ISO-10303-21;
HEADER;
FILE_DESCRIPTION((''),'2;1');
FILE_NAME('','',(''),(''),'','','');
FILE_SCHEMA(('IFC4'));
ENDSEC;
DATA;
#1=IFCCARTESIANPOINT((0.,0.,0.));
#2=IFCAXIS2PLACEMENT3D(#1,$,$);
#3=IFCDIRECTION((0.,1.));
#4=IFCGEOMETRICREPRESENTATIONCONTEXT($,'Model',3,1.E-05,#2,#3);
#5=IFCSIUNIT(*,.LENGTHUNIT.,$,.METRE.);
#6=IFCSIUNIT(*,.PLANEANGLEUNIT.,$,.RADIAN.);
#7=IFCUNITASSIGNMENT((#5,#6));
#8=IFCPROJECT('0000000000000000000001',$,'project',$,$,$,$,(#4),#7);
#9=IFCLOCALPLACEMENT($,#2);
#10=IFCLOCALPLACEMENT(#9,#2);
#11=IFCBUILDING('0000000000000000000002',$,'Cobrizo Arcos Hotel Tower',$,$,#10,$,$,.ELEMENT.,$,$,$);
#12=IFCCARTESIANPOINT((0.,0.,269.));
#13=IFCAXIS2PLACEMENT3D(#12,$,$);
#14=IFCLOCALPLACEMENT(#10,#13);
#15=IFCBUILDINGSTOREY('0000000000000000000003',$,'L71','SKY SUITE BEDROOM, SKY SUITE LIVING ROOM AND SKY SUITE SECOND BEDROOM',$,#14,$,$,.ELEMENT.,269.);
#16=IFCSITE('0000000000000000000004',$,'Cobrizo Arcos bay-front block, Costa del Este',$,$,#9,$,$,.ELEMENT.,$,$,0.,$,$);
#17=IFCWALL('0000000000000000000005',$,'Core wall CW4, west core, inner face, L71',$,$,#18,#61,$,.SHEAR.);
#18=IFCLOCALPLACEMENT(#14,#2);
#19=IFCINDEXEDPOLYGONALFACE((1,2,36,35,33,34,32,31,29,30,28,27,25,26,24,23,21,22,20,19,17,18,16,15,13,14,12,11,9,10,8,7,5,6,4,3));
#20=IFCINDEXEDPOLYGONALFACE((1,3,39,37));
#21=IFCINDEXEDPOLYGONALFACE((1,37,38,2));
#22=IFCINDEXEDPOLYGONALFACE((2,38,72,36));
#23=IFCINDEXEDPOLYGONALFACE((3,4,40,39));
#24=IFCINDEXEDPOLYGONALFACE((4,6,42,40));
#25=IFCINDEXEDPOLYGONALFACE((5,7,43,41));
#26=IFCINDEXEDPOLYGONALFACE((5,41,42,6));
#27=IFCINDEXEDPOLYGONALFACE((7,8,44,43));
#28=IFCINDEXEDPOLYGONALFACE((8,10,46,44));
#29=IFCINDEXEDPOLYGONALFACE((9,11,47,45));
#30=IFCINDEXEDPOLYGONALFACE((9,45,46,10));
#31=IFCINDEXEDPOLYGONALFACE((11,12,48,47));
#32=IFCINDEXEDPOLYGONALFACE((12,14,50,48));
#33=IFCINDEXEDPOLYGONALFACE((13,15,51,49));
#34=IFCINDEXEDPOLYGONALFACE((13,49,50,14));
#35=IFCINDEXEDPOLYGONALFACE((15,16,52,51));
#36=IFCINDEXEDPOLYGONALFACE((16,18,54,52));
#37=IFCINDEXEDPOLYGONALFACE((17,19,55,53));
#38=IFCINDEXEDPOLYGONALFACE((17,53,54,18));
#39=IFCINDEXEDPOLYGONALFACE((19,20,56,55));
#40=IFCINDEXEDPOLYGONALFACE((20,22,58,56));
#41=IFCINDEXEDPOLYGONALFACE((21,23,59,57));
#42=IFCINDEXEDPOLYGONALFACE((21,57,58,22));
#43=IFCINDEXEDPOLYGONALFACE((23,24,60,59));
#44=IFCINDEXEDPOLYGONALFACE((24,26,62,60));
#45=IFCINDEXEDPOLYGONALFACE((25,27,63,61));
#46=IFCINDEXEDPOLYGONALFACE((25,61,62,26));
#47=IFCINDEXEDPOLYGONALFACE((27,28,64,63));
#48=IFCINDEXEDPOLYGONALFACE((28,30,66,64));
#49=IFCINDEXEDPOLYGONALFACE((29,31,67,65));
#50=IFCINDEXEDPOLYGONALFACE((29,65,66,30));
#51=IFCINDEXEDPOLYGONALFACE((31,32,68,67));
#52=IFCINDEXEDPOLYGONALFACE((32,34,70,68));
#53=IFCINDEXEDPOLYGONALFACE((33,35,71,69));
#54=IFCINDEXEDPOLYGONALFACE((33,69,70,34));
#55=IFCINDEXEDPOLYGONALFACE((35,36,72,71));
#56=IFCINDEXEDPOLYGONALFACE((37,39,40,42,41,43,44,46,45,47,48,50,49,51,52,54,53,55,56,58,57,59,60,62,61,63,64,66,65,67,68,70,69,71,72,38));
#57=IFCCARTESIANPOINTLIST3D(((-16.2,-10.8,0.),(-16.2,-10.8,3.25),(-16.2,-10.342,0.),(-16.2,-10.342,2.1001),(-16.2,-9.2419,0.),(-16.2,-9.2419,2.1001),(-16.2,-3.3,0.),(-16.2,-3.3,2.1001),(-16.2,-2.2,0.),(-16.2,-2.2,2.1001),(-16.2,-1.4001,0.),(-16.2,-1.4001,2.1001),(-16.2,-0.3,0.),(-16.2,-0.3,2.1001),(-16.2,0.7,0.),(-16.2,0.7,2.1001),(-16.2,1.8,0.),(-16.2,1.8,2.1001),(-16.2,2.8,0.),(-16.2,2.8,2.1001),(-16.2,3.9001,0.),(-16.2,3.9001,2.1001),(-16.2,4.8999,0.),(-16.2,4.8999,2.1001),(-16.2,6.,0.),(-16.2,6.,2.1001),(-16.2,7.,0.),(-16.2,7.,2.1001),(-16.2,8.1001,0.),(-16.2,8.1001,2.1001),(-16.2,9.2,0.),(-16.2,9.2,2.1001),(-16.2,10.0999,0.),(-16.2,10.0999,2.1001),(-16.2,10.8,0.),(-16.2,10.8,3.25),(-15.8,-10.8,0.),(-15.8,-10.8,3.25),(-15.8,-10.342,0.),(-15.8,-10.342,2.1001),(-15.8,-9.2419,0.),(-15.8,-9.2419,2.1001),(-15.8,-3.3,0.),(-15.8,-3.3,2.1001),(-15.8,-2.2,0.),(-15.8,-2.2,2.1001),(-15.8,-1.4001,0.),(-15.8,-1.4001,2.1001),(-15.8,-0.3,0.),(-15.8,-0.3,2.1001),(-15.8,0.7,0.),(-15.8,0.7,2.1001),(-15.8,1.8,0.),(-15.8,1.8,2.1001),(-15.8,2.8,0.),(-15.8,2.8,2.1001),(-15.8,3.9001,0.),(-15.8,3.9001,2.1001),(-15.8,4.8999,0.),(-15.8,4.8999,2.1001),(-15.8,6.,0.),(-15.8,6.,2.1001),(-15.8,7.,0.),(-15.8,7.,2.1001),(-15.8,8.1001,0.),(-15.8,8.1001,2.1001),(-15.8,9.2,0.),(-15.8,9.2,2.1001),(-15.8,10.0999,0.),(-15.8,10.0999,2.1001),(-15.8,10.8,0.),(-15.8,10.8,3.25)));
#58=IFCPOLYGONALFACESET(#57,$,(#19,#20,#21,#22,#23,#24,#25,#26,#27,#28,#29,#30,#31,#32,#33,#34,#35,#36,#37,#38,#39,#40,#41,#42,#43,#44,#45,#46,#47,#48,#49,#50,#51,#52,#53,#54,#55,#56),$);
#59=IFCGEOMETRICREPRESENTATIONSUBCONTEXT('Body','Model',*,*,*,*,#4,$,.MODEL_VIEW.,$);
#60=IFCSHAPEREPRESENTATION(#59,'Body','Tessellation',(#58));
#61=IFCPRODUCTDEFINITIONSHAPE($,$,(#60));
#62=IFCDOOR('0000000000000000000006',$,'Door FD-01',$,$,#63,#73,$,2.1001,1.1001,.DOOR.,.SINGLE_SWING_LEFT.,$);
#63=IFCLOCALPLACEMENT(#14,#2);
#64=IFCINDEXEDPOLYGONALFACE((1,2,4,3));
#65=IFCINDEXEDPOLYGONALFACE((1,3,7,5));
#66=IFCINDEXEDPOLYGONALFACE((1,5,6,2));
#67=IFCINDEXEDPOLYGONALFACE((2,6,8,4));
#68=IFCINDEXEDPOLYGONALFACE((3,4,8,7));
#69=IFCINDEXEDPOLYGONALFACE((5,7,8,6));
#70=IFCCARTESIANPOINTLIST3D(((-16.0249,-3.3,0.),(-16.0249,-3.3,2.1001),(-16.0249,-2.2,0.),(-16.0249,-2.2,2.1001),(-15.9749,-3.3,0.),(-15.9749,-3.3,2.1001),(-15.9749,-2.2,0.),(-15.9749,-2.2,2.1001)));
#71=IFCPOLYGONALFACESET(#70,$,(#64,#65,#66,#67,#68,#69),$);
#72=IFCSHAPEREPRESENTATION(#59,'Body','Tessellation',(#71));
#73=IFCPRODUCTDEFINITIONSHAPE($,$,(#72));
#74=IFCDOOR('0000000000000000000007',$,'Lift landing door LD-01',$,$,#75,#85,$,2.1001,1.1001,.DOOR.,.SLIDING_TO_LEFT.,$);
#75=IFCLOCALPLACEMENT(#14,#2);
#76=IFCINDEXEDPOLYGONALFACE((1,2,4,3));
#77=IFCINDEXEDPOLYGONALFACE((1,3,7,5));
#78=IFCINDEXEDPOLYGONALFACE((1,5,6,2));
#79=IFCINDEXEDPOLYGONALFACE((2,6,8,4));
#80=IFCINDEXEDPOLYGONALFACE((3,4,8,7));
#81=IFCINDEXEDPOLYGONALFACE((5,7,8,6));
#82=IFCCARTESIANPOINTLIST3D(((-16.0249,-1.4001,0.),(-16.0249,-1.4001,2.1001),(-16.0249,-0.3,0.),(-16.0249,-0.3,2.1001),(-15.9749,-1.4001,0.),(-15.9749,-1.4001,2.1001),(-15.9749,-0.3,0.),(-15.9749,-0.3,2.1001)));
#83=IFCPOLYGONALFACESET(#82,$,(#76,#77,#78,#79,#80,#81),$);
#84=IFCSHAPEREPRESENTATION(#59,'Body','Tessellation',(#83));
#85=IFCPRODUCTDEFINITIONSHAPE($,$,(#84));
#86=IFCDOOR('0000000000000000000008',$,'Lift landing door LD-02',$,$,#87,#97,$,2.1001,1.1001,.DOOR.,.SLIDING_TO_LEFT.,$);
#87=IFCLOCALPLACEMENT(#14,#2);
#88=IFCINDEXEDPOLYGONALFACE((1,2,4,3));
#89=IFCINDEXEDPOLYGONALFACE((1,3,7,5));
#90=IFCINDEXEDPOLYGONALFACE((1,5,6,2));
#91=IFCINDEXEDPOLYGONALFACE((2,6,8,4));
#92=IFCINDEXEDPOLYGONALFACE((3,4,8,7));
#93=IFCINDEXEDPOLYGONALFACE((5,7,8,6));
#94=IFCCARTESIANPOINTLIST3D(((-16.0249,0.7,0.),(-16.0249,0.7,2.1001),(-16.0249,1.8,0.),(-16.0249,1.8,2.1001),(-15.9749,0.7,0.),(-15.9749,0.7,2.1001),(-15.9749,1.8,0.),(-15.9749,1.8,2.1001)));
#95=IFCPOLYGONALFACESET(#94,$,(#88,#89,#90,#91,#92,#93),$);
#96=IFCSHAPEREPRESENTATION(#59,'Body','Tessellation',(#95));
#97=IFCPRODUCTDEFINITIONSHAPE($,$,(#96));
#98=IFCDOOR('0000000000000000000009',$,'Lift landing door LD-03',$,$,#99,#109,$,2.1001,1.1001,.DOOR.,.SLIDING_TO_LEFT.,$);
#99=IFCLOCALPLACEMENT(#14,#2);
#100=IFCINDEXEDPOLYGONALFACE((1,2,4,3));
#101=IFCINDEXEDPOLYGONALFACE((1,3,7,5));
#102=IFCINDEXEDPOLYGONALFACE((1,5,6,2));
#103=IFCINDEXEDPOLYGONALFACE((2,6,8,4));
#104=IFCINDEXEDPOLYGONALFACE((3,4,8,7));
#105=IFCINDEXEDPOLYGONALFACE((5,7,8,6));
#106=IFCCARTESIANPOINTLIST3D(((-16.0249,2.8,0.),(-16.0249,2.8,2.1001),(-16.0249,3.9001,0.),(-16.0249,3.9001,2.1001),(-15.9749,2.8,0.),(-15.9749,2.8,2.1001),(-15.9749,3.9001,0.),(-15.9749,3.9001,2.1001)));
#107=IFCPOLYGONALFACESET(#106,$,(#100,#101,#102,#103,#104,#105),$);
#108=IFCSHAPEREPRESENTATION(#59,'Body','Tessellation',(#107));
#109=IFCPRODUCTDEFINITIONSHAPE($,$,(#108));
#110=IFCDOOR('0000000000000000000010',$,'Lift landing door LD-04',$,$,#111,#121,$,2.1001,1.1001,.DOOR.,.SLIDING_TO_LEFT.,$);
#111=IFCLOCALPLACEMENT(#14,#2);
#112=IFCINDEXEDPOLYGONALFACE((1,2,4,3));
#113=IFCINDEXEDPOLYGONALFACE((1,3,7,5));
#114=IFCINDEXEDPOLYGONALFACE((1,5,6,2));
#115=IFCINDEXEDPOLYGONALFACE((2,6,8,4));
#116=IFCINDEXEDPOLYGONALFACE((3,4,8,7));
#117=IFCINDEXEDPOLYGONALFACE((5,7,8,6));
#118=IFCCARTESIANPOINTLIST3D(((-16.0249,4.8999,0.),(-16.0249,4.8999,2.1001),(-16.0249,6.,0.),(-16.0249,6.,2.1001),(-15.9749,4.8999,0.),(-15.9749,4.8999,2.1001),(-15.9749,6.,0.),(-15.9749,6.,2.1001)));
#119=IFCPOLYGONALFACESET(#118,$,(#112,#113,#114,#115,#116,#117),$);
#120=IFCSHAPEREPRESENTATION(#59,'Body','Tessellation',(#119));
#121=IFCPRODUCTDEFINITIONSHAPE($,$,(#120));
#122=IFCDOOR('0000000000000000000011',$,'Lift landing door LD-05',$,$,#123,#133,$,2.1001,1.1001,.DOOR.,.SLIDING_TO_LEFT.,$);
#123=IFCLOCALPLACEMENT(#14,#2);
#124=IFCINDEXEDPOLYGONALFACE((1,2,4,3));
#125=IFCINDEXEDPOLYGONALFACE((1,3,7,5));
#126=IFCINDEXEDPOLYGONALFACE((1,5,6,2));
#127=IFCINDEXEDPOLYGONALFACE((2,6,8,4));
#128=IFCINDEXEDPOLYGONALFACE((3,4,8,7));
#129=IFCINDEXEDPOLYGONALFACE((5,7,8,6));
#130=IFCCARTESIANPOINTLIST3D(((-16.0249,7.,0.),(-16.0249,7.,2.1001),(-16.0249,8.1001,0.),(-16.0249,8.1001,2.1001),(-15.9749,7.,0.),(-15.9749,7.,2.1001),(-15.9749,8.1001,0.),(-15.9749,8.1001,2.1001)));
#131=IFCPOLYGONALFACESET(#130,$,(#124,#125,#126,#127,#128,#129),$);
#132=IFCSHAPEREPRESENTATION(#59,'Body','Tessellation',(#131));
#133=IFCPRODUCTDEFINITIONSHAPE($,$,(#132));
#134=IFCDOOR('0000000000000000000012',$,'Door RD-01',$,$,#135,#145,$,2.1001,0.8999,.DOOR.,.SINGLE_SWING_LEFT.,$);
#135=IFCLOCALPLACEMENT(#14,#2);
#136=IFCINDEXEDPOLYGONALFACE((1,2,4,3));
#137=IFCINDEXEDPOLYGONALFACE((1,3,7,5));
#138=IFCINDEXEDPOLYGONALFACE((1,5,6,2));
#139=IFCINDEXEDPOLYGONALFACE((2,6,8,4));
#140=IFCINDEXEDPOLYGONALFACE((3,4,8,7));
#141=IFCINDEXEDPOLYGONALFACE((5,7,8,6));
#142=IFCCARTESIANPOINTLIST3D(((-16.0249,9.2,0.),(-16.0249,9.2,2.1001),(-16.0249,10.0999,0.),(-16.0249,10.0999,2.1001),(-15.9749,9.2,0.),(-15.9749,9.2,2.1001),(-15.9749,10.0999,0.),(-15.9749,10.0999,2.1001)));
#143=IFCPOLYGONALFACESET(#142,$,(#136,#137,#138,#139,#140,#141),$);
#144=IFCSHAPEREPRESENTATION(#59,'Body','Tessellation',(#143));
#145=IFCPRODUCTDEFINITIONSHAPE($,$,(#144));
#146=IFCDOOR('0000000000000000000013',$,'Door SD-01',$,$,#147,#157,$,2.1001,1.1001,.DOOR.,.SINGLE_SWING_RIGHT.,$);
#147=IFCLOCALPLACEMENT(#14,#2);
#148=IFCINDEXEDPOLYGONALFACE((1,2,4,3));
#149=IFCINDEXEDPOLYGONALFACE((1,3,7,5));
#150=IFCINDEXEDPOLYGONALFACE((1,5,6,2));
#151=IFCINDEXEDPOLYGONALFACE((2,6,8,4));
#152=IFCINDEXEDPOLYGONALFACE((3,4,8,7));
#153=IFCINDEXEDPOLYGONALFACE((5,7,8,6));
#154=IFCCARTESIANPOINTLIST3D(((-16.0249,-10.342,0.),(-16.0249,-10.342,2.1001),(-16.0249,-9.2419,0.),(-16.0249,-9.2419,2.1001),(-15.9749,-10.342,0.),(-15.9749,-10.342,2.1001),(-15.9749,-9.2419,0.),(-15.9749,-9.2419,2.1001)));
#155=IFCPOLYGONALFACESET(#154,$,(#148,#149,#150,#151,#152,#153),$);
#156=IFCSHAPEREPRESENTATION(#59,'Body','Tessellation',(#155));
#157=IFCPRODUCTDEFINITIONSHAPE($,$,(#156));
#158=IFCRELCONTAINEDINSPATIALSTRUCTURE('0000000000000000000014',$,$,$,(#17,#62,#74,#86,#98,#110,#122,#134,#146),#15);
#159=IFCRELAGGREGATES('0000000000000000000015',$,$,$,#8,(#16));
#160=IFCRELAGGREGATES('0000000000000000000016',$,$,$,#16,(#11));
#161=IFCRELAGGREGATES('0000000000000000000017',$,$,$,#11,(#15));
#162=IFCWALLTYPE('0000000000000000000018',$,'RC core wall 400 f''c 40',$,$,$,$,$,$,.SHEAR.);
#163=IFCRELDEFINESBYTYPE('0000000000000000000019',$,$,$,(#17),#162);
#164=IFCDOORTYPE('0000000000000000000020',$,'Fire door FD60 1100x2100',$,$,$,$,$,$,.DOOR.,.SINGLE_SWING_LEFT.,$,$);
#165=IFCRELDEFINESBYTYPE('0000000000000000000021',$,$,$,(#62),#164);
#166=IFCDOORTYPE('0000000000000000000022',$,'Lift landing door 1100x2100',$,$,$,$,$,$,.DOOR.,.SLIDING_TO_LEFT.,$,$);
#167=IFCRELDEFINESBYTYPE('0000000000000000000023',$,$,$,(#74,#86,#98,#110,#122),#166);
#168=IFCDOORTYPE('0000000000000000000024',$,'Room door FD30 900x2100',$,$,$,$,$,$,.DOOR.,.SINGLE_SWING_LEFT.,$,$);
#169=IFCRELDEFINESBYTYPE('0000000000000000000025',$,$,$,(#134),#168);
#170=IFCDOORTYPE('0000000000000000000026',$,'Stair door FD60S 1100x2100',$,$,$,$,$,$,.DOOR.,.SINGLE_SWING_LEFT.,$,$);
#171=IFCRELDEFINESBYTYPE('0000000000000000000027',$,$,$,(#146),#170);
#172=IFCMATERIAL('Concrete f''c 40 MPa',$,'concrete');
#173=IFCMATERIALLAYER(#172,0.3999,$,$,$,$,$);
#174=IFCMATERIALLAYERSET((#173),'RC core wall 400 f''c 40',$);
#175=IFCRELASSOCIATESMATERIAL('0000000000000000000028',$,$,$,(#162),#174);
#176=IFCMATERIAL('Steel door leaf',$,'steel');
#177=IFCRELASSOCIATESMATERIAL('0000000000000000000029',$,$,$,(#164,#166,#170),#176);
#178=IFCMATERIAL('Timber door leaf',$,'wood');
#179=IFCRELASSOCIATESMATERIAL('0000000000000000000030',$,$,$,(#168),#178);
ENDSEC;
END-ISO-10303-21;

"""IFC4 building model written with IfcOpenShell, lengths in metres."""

from ifc_helpers import new_model, si_unit, direction, frame, frame_2d, origin, place, context, subcontext, project, spatial, rectangle, extrude, material, layer, layer_set, type_object, element, fill, save


model = new_model("IFC4")

# Units and contexts
model_context = context("Model", 3, precision=1e-05, world=origin(), true_north=direction((0.0, 1.0)))
body_context = subcontext(model_context, "Body", "Model", "MODEL_VIEW")
ifc_project = project(units=[si_unit("LENGTHUNIT", "METRE"), si_unit("PLANEANGLEUNIT", "RADIAN")], contexts=[model_context])

# Site, building, storey
site_placement = place(None, origin())
site = spatial("IfcSite", under=ifc_project, at=site_placement, Name="Cobrizo Arcos bay-front block, Costa del Este", CompositionType="ELEMENT", RefElevation=0.0)
building_placement = place(site_placement, origin())
building = spatial("IfcBuilding", under=site, at=building_placement, Name="Cobrizo Arcos Hotel Tower", CompositionType="ELEMENT")
storey_placement = place(building_placement, frame((0.0, 0.0, 269.0)))
storey = spatial("IfcBuildingStorey", under=building, at=storey_placement, Name="L71", Description="SKY SUITE BEDROOM, SKY SUITE LIVING ROOM AND SKY SUITE SECOND BEDROOM", CompositionType="ELEMENT", Elevation=269.0)

# Wall, openings, doors
ifc_material_1 = material(Name="Concrete f'c 40 MPa", Category="concrete")
ifc_layer_1 = layer(ifc_material_1, 0.3999)
ifc_layer_set_1 = layer_set([ifc_layer_1], Name="RC core wall 400 f'c 40")
wall_type = type_object("IfcWallType", Name="RC core wall 400 f'c 40", PredefinedType="SHEAR", material=ifc_layer_set_1)
wall_1_placement = place(storey_placement, frame((-16.0, -10.8, 0.0), z_axis=(0.0, 0.0, 1.0), x_axis=(0.0, 1.0, 0.0)))
wall_1 = element("IfcWall", 1, at=wall_1_placement, inside=storey, type_object=wall_type, Name="Core wall CW4, west core, inner face, L71", PredefinedType="SHEAR", context=body_context, shape_type="SweptSolid", body=[
    extrude(rectangle(XDim=21.6001, YDim=0.3999, at=frame_2d((10.8, 0.0))), origin(), (0.0, 0.0, 1.0), 3.25),
])
opening_1_placement = place(wall_1_placement, frame((9.3999, 0.0, 0.0)))
opening_1 = element("IfcOpeningElement", 2, at=opening_1_placement, cuts=wall_1, PredefinedType="OPENING", context=body_context, shape_type="SweptSolid", body=[
    extrude(rectangle(XDim=1.1001, YDim=2.1001, at=frame_2d((0.55, 1.05))), frame((0.0, 0.2119, 0.0), z_axis=(0.0, -1.0, 0.0), x_axis=(1.0, 0.0, 0.0)), (0.0, 0.0, 1.0), 0.4238),
])
opening_2_placement = place(wall_1_placement, frame((11.5, 0.0, 0.0)))
opening_2 = element("IfcOpeningElement", 3, at=opening_2_placement, cuts=wall_1, PredefinedType="OPENING", context=body_context, shape_type="SweptSolid", body=[
    extrude(rectangle(XDim=1.1001, YDim=2.1001, at=frame_2d((0.55, 1.05))), frame((0.0, 0.2119, 0.0), z_axis=(0.0, -1.0, 0.0), x_axis=(1.0, 0.0, 0.0)), (0.0, 0.0, 1.0), 0.4238),
])
opening_3_placement = place(wall_1_placement, frame((13.6001, 0.0, 0.0)))
opening_3 = element("IfcOpeningElement", 4, at=opening_3_placement, cuts=wall_1, PredefinedType="OPENING", context=body_context, shape_type="SweptSolid", body=[
    extrude(rectangle(XDim=1.1001, YDim=2.1001, at=frame_2d((0.55, 1.05))), frame((0.0, 0.2119, 0.0), z_axis=(0.0, -1.0, 0.0), x_axis=(1.0, 0.0, 0.0)), (0.0, 0.0, 1.0), 0.4238),
])
opening_4_placement = place(wall_1_placement, frame((15.7, 0.0, 0.0)))
opening_4 = element("IfcOpeningElement", 5, at=opening_4_placement, cuts=wall_1, PredefinedType="OPENING", context=body_context, shape_type="SweptSolid", body=[
    extrude(rectangle(XDim=1.1001, YDim=2.1001, at=frame_2d((0.55, 1.05))), frame((0.0, 0.2119, 0.0), z_axis=(0.0, -1.0, 0.0), x_axis=(1.0, 0.0, 0.0)), (0.0, 0.0, 1.0), 0.4238),
])
opening_5_placement = place(wall_1_placement, frame((17.8, 0.0, 0.0)))
opening_5 = element("IfcOpeningElement", 6, at=opening_5_placement, cuts=wall_1, PredefinedType="OPENING", context=body_context, shape_type="SweptSolid", body=[
    extrude(rectangle(XDim=1.1001, YDim=2.1001, at=frame_2d((0.55, 1.05))), frame((0.0, 0.2119, 0.0), z_axis=(0.0, -1.0, 0.0), x_axis=(1.0, 0.0, 0.0)), (0.0, 0.0, 1.0), 0.4238),
])
opening_6_placement = place(wall_1_placement, frame((0.458, 0.0, 0.0)))
opening_6 = element("IfcOpeningElement", 7, at=opening_6_placement, cuts=wall_1, PredefinedType="OPENING", context=body_context, shape_type="SweptSolid", body=[
    extrude(rectangle(XDim=1.1001, YDim=2.1001, at=frame_2d((0.55, 1.05))), frame((0.0, 0.2119, 0.0), z_axis=(0.0, -1.0, 0.0), x_axis=(1.0, 0.0, 0.0)), (0.0, 0.0, 1.0), 0.4238),
])
opening_7_placement = place(wall_1_placement, frame((7.5, 0.0, 0.0)))
opening_7 = element("IfcOpeningElement", 8, at=opening_7_placement, cuts=wall_1, PredefinedType="OPENING", context=body_context, shape_type="SweptSolid", body=[
    extrude(rectangle(XDim=1.1001, YDim=2.1001, at=frame_2d((0.55, 1.05))), frame((0.0, 0.2119, 0.0), z_axis=(0.0, -1.0, 0.0), x_axis=(1.0, 0.0, 0.0)), (0.0, 0.0, 1.0), 0.4238),
])
opening_8_placement = place(wall_1_placement, frame((20.0, 0.0, 0.0)))
opening_8 = element("IfcOpeningElement", 9, at=opening_8_placement, cuts=wall_1, PredefinedType="OPENING", context=body_context, shape_type="SweptSolid", body=[
    extrude(rectangle(XDim=0.8999, YDim=2.1001, at=frame_2d((0.45, 1.05))), frame((0.0, 0.2119, 0.0), z_axis=(0.0, -1.0, 0.0), x_axis=(1.0, 0.0, 0.0)), (0.0, 0.0, 1.0), 0.4238),
])
ifc_material_2 = material(Name="Steel door leaf", Category="steel")
door_type_1 = type_object("IfcDoorType", Name="Fire door FD60 1100x2100", OperationType="SINGLE_SWING_LEFT", PredefinedType="DOOR", material=ifc_material_2)
door_1_placement = place(opening_7_placement, origin())
door_1 = element("IfcDoor", 10, at=door_1_placement, inside=storey, type_object=door_type_1, Name="Door FD-01", OperationType="SINGLE_SWING_LEFT", OverallHeight=2.1001, OverallWidth=1.1001, PredefinedType="DOOR", context=body_context, shape_type="SweptSolid", body=[
    extrude(rectangle(XDim=1.1001, YDim=2.1001, at=frame_2d((0.55, 1.05))), frame((0.0, 0.0249, 0.0), z_axis=(0.0, -1.0, 0.0), x_axis=(1.0, 0.0, 0.0)), (0.0, 0.0, 1.0), 0.05),
])
fill(opening_7, door_1)
door_type_2 = type_object("IfcDoorType", Name="Lift landing door 1100x2100", OperationType="SLIDING_TO_LEFT", PredefinedType="DOOR", material=ifc_material_2)
door_2_placement = place(opening_1_placement, origin())
door_2 = element("IfcDoor", 11, at=door_2_placement, inside=storey, type_object=door_type_2, Name="Lift landing door LD-01", OperationType="SLIDING_TO_LEFT", OverallHeight=2.1001, OverallWidth=1.1001, PredefinedType="DOOR", context=body_context, shape_type="SweptSolid", body=[
    extrude(rectangle(XDim=1.1001, YDim=2.1001, at=frame_2d((0.55, 1.05))), frame((0.0, 0.0249, 0.0), z_axis=(0.0, -1.0, 0.0), x_axis=(1.0, 0.0, 0.0)), (0.0, 0.0, 1.0), 0.05),
])
fill(opening_1, door_2)
door_3_placement = place(opening_2_placement, origin())
door_3 = element("IfcDoor", 12, at=door_3_placement, inside=storey, type_object=door_type_2, Name="Lift landing door LD-02", OperationType="SLIDING_TO_LEFT", OverallHeight=2.1001, OverallWidth=1.1001, PredefinedType="DOOR", context=body_context, shape_type="SweptSolid", body=[
    extrude(rectangle(XDim=1.1001, YDim=2.1001, at=frame_2d((0.55, 1.05))), frame((0.0, 0.0249, 0.0), z_axis=(0.0, -1.0, 0.0), x_axis=(1.0, 0.0, 0.0)), (0.0, 0.0, 1.0), 0.05),
])
fill(opening_2, door_3)
door_4_placement = place(opening_3_placement, origin())
door_4 = element("IfcDoor", 13, at=door_4_placement, inside=storey, type_object=door_type_2, Name="Lift landing door LD-03", OperationType="SLIDING_TO_LEFT", OverallHeight=2.1001, OverallWidth=1.1001, PredefinedType="DOOR", context=body_context, shape_type="SweptSolid", body=[
    extrude(rectangle(XDim=1.1001, YDim=2.1001, at=frame_2d((0.55, 1.05))), frame((0.0, 0.0249, 0.0), z_axis=(0.0, -1.0, 0.0), x_axis=(1.0, 0.0, 0.0)), (0.0, 0.0, 1.0), 0.05),
])
fill(opening_3, door_4)
door_5_placement = place(opening_4_placement, origin())
door_5 = element("IfcDoor", 14, at=door_5_placement, inside=storey, type_object=door_type_2, Name="Lift landing door LD-04", OperationType="SLIDING_TO_LEFT", OverallHeight=2.1001, OverallWidth=1.1001, PredefinedType="DOOR", context=body_context, shape_type="SweptSolid", body=[
    extrude(rectangle(XDim=1.1001, YDim=2.1001, at=frame_2d((0.55, 1.05))), frame((0.0, 0.0249, 0.0), z_axis=(0.0, -1.0, 0.0), x_axis=(1.0, 0.0, 0.0)), (0.0, 0.0, 1.0), 0.05),
])
fill(opening_4, door_5)
door_6_placement = place(opening_5_placement, origin())
door_6 = element("IfcDoor", 15, at=door_6_placement, inside=storey, type_object=door_type_2, Name="Lift landing door LD-05", OperationType="SLIDING_TO_LEFT", OverallHeight=2.1001, OverallWidth=1.1001, PredefinedType="DOOR", context=body_context, shape_type="SweptSolid", body=[
    extrude(rectangle(XDim=1.1001, YDim=2.1001, at=frame_2d((0.55, 1.05))), frame((0.0, 0.0249, 0.0), z_axis=(0.0, -1.0, 0.0), x_axis=(1.0, 0.0, 0.0)), (0.0, 0.0, 1.0), 0.05),
])
fill(opening_5, door_6)
ifc_material_3 = material(Name="Timber door leaf", Category="wood")
door_type_3 = type_object("IfcDoorType", Name="Room door FD30 900x2100", OperationType="SINGLE_SWING_LEFT", PredefinedType="DOOR", material=ifc_material_3)
door_7_placement = place(opening_8_placement, origin())
door_7 = element("IfcDoor", 16, at=door_7_placement, inside=storey, type_object=door_type_3, Name="Door RD-01", OperationType="SINGLE_SWING_LEFT", OverallHeight=2.1001, OverallWidth=0.8999, PredefinedType="DOOR", context=body_context, shape_type="SweptSolid", body=[
    extrude(rectangle(XDim=0.8999, YDim=2.1001, at=frame_2d((0.45, 1.05))), frame((0.0, 0.0249, 0.0), z_axis=(0.0, -1.0, 0.0), x_axis=(1.0, 0.0, 0.0)), (0.0, 0.0, 1.0), 0.05),
])
fill(opening_8, door_7)
door_type_4 = type_object("IfcDoorType", Name="Stair door FD60S 1100x2100", OperationType="SINGLE_SWING_LEFT", PredefinedType="DOOR", material=ifc_material_2)
door_8_placement = place(opening_6_placement, origin())
door_8 = element("IfcDoor", 17, at=door_8_placement, inside=storey, type_object=door_type_4, Name="Door SD-01", OperationType="SINGLE_SWING_RIGHT", OverallHeight=2.1001, OverallWidth=1.1001, PredefinedType="DOOR", context=body_context, shape_type="SweptSolid", body=[
    extrude(rectangle(XDim=1.1001, YDim=2.1001, at=frame_2d((0.55, 1.05))), frame((0.0, 0.0249, 0.0), z_axis=(0.0, -1.0, 0.0), x_axis=(1.0, 0.0, 0.0)), (0.0, 0.0, 1.0), 0.05),
])
fill(opening_6, door_8)

save(model, "model.ifc")
